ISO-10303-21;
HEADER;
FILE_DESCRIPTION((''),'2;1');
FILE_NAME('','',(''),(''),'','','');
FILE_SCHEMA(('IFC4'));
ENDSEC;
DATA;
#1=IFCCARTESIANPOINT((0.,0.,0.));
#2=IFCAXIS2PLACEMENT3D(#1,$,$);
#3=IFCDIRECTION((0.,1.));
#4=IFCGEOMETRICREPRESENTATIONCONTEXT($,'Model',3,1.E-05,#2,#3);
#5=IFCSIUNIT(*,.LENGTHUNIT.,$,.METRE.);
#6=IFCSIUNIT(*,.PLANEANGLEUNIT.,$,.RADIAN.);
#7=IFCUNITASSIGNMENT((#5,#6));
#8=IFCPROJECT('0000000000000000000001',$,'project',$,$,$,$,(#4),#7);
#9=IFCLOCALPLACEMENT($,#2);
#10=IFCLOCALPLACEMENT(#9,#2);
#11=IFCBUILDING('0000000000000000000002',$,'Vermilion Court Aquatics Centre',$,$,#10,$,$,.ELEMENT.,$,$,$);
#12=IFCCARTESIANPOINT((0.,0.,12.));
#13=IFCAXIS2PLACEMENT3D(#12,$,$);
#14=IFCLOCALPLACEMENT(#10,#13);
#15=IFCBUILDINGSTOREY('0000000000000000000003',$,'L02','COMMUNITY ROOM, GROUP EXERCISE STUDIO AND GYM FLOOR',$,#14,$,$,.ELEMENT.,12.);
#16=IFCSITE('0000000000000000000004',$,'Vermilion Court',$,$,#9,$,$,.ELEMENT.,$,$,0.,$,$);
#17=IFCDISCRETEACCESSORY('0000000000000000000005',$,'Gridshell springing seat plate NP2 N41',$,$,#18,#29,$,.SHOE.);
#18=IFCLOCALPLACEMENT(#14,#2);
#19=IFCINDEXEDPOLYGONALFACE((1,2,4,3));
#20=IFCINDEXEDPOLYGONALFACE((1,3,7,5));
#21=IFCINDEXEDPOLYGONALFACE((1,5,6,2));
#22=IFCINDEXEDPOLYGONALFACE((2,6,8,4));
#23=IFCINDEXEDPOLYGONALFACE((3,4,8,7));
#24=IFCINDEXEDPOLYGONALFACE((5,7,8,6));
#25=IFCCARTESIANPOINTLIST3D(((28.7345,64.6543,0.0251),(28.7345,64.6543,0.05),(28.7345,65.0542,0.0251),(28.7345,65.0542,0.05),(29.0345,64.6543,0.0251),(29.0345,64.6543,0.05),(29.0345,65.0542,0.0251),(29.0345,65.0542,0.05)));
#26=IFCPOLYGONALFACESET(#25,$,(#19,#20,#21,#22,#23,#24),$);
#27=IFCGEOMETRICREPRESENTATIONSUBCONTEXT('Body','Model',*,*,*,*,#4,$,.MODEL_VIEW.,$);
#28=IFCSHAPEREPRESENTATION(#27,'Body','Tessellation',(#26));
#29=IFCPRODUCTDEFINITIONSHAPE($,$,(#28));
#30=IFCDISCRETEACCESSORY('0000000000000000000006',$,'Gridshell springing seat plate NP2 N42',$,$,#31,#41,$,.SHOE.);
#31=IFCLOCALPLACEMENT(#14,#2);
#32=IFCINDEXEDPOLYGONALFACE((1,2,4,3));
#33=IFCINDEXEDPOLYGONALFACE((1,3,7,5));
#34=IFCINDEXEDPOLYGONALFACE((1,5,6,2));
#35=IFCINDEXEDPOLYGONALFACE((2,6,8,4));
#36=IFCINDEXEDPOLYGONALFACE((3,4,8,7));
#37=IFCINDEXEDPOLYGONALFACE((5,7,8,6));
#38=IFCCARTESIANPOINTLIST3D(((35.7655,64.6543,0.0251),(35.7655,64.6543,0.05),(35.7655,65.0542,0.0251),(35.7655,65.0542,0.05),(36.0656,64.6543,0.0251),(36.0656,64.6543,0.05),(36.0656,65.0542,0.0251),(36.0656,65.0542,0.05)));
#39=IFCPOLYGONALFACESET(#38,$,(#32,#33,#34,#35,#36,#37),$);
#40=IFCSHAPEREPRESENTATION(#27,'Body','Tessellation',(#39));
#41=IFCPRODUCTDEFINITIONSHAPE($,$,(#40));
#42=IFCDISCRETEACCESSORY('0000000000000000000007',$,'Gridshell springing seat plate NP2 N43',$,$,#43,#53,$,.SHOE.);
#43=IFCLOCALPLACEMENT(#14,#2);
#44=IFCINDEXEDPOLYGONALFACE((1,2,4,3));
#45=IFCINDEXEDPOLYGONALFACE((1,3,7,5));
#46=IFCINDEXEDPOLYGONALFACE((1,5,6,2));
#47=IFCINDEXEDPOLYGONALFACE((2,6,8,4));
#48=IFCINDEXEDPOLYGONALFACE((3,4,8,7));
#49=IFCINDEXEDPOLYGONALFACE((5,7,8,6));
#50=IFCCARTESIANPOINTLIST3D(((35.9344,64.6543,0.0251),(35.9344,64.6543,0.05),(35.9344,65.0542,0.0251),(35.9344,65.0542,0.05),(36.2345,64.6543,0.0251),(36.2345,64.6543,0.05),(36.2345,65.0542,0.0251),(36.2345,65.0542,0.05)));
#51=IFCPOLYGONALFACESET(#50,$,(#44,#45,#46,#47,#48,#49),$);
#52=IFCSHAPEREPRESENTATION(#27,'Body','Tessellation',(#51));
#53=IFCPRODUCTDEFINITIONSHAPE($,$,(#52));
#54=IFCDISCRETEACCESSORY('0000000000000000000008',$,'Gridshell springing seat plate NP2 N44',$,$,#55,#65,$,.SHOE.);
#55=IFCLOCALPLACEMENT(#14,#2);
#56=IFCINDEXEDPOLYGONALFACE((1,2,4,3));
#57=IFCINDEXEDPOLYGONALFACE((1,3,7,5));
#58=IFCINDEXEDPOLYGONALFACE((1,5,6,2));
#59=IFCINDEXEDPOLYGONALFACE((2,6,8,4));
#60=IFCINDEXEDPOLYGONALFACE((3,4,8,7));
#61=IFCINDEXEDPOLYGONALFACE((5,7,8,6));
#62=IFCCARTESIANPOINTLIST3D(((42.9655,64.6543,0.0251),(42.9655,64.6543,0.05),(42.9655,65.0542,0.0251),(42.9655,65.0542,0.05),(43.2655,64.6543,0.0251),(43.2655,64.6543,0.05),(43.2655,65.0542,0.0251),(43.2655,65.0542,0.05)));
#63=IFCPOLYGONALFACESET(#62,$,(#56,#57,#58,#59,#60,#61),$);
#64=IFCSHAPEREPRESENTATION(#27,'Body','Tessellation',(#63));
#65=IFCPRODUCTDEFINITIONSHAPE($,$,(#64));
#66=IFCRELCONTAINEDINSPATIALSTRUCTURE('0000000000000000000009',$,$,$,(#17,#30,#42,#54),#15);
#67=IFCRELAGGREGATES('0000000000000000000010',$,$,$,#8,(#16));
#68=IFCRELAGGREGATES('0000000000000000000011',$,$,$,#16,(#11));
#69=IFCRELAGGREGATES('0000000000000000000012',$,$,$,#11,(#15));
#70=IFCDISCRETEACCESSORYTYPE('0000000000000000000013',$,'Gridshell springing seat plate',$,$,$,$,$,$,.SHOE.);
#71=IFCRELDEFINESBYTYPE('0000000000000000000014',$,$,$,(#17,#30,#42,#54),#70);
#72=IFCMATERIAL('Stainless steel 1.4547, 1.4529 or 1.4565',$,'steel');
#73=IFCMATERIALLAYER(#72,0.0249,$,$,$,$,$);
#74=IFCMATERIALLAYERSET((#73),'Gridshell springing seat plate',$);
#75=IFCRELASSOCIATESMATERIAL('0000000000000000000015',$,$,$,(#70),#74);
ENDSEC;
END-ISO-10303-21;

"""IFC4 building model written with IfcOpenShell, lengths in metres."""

from ifc_helpers import new_model, si_unit, direction, frame, origin, origin_2d, place, context, subcontext, project, spatial, rectangle, extrude, material, layer, layer_set, type_object, element, save


model = new_model("IFC4")

# Units and contexts
model_context = context("Model", 3, precision=1e-05, world=origin(), true_north=direction((0.0, 1.0)))
body_context = subcontext(model_context, "Body", "Model", "MODEL_VIEW")
ifc_project = project(units=[si_unit("LENGTHUNIT", "METRE"), si_unit("PLANEANGLEUNIT", "RADIAN")], contexts=[model_context])

# Site, building, storey
site_placement = place(None, origin())
site = spatial("IfcSite", under=ifc_project, at=site_placement, Name="Vermilion Court", CompositionType="ELEMENT", RefElevation=0.0)
building_placement = place(site_placement, origin())
building = spatial("IfcBuilding", under=site, at=building_placement, Name="Vermilion Court Aquatics Centre", CompositionType="ELEMENT")
storey_placement = place(building_placement, frame((0.0, 0.0, 12.0)))
storey = spatial("IfcBuildingStorey", under=building, at=storey_placement, Name="L02", Description="COMMUNITY ROOM, GROUP EXERCISE STUDIO AND GYM FLOOR", CompositionType="ELEMENT", Elevation=12.0)

# Discrete accessories
ifc_material_1 = material(Name="Stainless steel 1.4547, 1.4529 or 1.4565", Category="steel")
ifc_layer_1 = layer(ifc_material_1, 0.0249)
ifc_layer_set_1 = layer_set([ifc_layer_1], Name="Gridshell springing seat plate")
discrete_accessory_type_1 = type_object("IfcDiscreteAccessoryType", Name="Gridshell springing seat plate", PredefinedType="SHOE", material=ifc_layer_set_1)
for number, where, z_axis, x_axis, name in (
    (1, (28.8845, 64.8542, 0.0251), (0.0, 0.0, 1.0), (1.0, 0.0, 0.0), "Gridshell springing seat plate NP2 N41"),
    (2, (35.9155, 64.8542, 0.0251), (0.0, 0.0, 1.0), (1.0, 0.0, 0.0), "Gridshell springing seat plate NP2 N42"),
    (3, (36.0845, 64.8542, 0.0251), (0.0, 0.0, 1.0), (1.0, 0.0, 0.0), "Gridshell springing seat plate NP2 N43"),
    (4, (43.1155, 64.8542, 0.0251), (0.0, 0.0, 1.0), (1.0, 0.0, 0.0), "Gridshell springing seat plate NP2 N44"),
):
    element("IfcDiscreteAccessory", number, at=place(storey_placement, frame(where, z_axis=z_axis, x_axis=x_axis)), inside=storey, type_object=discrete_accessory_type_1, Name=name, PredefinedType="SHOE", context=body_context, shape_type="SweptSolid", body=[
        extrude(rectangle(XDim=0.3, YDim=0.3999, at=origin_2d()), origin(), (0.0, 0.0, 1.0), 0.0249),
    ])

save(model, "model.ifc")
